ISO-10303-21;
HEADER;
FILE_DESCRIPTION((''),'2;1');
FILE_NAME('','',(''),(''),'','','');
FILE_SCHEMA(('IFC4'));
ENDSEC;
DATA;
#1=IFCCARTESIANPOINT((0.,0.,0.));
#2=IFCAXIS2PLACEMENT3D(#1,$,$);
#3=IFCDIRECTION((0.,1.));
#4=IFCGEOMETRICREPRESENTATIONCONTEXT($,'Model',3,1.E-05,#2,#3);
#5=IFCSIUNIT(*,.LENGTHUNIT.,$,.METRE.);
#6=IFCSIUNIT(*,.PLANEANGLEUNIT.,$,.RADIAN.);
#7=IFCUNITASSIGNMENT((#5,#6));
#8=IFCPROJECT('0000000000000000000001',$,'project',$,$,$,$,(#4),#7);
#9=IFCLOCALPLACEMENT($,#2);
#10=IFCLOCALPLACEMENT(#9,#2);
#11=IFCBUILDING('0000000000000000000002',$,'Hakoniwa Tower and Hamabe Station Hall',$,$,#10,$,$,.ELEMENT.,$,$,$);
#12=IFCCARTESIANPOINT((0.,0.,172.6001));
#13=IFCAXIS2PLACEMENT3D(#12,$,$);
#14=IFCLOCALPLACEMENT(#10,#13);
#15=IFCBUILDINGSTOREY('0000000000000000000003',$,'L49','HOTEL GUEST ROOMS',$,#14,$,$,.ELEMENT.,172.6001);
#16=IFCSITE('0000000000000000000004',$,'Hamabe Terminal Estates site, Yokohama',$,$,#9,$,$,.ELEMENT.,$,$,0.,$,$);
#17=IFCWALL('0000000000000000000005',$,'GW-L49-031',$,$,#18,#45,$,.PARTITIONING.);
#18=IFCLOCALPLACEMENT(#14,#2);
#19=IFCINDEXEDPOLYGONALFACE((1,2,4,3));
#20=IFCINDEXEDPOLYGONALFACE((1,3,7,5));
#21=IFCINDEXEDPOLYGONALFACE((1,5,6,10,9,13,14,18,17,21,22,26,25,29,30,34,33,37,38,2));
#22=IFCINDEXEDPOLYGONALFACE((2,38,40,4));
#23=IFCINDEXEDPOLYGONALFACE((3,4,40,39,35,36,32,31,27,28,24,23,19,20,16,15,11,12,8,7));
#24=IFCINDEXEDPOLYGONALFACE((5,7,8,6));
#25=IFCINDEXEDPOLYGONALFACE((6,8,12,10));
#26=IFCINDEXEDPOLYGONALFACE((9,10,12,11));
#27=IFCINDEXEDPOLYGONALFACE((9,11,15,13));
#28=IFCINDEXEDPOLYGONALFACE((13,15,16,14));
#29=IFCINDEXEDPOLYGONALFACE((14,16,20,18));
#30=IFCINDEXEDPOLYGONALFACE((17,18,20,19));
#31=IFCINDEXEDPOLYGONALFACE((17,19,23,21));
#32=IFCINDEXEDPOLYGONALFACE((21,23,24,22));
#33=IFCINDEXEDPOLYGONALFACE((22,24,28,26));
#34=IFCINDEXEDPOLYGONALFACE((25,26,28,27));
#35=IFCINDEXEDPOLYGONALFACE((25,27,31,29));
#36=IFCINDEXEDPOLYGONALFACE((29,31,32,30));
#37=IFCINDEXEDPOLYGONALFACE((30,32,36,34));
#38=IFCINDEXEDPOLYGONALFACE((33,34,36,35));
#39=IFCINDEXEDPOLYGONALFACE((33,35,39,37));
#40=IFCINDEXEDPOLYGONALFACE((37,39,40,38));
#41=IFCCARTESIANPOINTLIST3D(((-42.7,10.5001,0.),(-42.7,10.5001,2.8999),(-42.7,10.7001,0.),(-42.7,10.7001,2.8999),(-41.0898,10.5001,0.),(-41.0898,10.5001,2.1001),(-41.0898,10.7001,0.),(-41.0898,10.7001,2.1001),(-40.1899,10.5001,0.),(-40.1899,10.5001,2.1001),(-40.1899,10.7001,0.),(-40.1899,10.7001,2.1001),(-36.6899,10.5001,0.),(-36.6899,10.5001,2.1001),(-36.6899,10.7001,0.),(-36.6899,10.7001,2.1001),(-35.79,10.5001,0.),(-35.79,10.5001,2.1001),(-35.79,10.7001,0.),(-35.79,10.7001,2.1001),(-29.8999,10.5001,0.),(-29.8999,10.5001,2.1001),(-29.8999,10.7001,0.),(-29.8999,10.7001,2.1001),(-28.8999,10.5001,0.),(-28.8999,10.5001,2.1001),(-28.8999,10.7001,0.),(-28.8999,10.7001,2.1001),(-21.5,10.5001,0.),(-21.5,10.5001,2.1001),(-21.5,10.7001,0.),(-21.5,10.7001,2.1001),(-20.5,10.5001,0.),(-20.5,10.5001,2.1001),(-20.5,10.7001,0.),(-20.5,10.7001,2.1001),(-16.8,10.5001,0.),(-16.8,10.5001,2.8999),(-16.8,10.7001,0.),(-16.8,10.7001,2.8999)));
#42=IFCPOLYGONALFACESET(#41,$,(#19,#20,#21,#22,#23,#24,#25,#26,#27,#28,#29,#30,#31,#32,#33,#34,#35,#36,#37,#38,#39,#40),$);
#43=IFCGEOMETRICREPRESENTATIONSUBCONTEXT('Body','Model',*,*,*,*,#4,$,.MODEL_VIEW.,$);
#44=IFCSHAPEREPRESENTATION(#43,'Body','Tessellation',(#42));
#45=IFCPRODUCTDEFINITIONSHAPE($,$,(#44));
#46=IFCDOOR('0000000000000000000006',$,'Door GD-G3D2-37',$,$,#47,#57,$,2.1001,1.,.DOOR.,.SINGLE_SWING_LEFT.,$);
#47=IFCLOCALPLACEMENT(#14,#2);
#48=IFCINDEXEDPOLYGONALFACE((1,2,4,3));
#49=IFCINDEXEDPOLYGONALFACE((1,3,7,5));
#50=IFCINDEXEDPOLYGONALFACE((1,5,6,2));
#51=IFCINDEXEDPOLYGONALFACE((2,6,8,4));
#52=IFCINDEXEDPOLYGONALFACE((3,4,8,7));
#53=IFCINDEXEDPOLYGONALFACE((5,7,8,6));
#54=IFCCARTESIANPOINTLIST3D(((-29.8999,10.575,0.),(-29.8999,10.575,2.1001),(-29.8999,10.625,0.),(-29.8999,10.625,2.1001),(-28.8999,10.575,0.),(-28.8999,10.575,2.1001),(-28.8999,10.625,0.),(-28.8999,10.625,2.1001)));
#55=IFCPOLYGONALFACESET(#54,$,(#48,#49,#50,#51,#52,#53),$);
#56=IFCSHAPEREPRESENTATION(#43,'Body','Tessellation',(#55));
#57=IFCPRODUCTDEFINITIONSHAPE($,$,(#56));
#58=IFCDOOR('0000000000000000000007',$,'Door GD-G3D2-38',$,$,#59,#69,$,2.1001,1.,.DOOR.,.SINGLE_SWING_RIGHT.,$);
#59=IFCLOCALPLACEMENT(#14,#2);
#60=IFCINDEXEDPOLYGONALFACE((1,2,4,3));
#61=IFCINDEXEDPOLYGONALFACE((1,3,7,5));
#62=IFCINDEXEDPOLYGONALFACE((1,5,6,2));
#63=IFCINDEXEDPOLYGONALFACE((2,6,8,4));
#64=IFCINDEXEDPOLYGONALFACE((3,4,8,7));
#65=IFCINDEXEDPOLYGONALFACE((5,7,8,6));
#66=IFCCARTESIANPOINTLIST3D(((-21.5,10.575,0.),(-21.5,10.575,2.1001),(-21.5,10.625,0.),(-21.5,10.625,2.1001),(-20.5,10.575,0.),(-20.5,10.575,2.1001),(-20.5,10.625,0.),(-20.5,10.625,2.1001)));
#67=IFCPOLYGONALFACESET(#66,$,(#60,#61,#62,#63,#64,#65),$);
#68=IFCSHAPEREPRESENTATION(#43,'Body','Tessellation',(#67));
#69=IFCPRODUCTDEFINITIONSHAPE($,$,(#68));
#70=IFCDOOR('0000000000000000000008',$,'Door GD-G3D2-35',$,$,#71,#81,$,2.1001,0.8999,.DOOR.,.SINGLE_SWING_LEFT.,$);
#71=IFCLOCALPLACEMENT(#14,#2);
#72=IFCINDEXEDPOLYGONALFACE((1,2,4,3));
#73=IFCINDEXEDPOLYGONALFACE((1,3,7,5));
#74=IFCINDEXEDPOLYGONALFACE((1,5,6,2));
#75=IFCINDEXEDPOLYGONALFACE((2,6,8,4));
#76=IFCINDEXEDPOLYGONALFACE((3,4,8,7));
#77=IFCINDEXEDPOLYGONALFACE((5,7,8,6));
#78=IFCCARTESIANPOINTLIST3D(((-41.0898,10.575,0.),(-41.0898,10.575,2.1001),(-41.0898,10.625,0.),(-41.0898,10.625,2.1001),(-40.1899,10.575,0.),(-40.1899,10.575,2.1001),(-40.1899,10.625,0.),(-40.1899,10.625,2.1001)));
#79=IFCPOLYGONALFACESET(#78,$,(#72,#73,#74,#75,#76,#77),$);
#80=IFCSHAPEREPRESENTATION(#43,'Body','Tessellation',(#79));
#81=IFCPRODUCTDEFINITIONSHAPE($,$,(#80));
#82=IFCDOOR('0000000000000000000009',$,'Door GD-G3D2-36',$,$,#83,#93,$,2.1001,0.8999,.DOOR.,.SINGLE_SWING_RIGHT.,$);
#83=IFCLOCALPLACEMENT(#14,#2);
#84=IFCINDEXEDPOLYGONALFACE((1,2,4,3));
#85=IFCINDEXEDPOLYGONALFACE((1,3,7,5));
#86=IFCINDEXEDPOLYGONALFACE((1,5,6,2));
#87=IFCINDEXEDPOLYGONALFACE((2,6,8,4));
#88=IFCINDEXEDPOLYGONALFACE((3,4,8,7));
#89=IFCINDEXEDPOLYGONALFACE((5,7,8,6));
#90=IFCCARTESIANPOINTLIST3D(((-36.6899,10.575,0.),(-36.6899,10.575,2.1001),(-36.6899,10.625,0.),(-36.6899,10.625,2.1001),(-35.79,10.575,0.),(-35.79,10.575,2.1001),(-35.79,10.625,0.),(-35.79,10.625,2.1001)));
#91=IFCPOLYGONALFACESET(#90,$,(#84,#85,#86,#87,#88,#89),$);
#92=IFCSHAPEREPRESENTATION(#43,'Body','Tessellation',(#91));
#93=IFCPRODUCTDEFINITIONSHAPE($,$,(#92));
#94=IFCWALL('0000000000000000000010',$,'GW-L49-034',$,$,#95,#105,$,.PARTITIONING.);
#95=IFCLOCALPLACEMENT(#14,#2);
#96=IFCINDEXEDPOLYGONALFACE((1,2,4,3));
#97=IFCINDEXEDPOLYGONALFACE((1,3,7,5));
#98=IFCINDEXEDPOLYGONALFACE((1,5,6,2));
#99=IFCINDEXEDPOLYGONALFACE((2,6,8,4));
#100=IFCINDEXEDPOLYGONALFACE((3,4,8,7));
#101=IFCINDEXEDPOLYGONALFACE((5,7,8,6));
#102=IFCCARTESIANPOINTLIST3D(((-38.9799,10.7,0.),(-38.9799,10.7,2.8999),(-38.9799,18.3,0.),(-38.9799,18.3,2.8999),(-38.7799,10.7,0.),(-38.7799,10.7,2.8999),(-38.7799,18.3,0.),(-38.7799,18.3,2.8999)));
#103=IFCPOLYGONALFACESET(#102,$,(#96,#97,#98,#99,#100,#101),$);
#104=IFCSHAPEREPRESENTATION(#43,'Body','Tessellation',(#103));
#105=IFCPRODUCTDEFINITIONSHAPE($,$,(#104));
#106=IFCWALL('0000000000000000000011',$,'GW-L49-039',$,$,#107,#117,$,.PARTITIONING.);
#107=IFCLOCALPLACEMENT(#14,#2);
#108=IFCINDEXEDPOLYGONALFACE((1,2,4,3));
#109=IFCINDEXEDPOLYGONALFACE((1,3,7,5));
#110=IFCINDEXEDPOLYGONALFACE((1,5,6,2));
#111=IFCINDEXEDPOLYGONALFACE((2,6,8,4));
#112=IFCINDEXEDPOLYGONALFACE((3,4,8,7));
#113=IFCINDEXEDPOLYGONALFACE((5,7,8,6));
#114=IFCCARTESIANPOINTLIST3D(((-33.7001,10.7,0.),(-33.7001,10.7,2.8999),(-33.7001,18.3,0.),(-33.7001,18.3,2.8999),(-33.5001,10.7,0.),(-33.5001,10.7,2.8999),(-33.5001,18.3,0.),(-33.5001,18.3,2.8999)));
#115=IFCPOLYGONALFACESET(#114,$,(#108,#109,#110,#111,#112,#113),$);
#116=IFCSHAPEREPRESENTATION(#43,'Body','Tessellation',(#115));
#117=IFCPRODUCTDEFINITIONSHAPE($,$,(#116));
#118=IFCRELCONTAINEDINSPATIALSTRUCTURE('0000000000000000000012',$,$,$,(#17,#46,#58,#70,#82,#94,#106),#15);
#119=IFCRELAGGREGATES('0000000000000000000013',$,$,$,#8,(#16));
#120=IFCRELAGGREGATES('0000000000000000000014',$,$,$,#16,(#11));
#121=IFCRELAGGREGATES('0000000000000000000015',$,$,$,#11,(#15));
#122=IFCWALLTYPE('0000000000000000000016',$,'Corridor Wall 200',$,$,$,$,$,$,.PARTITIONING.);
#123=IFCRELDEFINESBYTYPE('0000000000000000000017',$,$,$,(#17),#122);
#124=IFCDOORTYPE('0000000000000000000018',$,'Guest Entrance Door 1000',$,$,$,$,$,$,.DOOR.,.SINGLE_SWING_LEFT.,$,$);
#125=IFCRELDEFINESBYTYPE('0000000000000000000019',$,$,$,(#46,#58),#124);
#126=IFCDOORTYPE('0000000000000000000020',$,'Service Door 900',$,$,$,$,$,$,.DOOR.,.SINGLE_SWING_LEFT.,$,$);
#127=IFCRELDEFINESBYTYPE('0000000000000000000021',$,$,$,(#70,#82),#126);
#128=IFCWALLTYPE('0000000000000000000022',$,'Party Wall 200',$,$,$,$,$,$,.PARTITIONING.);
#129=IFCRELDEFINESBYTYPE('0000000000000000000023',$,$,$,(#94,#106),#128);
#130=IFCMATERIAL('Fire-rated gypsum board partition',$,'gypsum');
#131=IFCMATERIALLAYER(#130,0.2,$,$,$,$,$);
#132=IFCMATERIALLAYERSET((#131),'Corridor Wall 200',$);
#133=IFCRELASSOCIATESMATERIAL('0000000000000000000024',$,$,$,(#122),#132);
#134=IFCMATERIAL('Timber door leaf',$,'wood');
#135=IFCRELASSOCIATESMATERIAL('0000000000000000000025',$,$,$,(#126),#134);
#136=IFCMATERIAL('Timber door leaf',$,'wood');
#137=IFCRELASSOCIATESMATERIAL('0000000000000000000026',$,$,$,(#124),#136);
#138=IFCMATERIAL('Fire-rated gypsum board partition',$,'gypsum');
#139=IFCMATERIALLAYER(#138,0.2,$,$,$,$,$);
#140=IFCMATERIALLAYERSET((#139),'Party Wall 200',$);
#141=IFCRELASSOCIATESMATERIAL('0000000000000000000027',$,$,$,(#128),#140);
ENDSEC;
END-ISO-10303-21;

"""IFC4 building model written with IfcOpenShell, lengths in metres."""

from ifc_helpers import new_model, si_unit, direction, frame, frame_2d, origin, place, context, subcontext, project, spatial, rectangle, extrude, material, layer, layer_set, type_object, element, fill, save


model = new_model("IFC4")

# Units and contexts
model_context = context("Model", 3, precision=1e-05, world=origin(), true_north=direction((0.0, 1.0)))
body_context = subcontext(model_context, "Body", "Model", "MODEL_VIEW")
ifc_project = project(units=[si_unit("LENGTHUNIT", "METRE"), si_unit("PLANEANGLEUNIT", "RADIAN")], contexts=[model_context])

# Site, building, storey
site_placement = place(None, origin())
site = spatial("IfcSite", under=ifc_project, at=site_placement, Name="Hamabe Terminal Estates site, Yokohama", CompositionType="ELEMENT", RefElevation=0.0)
building_placement = place(site_placement, origin())
building = spatial("IfcBuilding", under=site, at=building_placement, Name="Hakoniwa Tower and Hamabe Station Hall", CompositionType="ELEMENT")
storey_placement = place(building_placement, frame((0.0, 0.0, 172.6001)))
storey = spatial("IfcBuildingStorey", under=building, at=storey_placement, Name="L49", Description="HOTEL GUEST ROOMS", CompositionType="ELEMENT", Elevation=172.6001)

# Wall, openings, doors
ifc_material_1 = material(Name="Fire-rated gypsum board partition", Category="gypsum")
ifc_layer_1 = layer(ifc_material_1, 0.2)
ifc_layer_set_1 = layer_set([ifc_layer_1], Name="Corridor Wall 200")
wall_type_1 = type_object("IfcWallType", Name="Corridor Wall 200", PredefinedType="PARTITIONING", material=ifc_layer_set_1)
ifc_material_2 = material(Name="Timber door leaf", Category="wood")
door_type_1 = type_object("IfcDoorType", Name="Service Door 900", OperationType="SINGLE_SWING_LEFT", PredefinedType="DOOR", material=ifc_material_2)
wall_1_placement = place(storey_placement, frame((-42.7, 10.6001, 0.0), z_axis=(0.0, 0.0, 1.0), x_axis=(1.0, 0.0, 0.0)))
wall_1 = element("IfcWall", 1, at=wall_1_placement, inside=storey, type_object=wall_type_1, Name="GW-L49-031", PredefinedType="PARTITIONING", context=body_context, shape_type="SweptSolid", body=[
    extrude(rectangle(XDim=25.8999, YDim=0.2, at=frame_2d((12.95, 0.0))), origin(), (0.0, 0.0, 1.0), 2.8999),
])
opening_1_placement = place(wall_1_placement, frame((1.6101, 0.0, 0.0)))
opening_1 = element("IfcOpeningElement", 2, at=opening_1_placement, cuts=wall_1, PredefinedType="OPENING", context=body_context, shape_type="SweptSolid", body=[
    extrude(rectangle(XDim=0.8999, YDim=2.1001, at=frame_2d((0.45, 1.05))), frame((0.0, 0.1099, 0.0), z_axis=(0.0, -1.0, 0.0), x_axis=(1.0, 0.0, 0.0)), (0.0, 0.0, 1.0), 0.22),
])
opening_2_placement = place(wall_1_placement, frame((6.01, 0.0, 0.0)))
opening_2 = element("IfcOpeningElement", 3, at=opening_2_placement, cuts=wall_1, PredefinedType="OPENING", context=body_context, shape_type="SweptSolid", body=[
    extrude(rectangle(XDim=0.8999, YDim=2.1001, at=frame_2d((0.45, 1.05))), frame((0.0, 0.1099, 0.0), z_axis=(0.0, -1.0, 0.0), x_axis=(1.0, 0.0, 0.0)), (0.0, 0.0, 1.0), 0.22),
])
opening_3_placement = place(wall_1_placement, frame((12.8, 0.0, 0.0)))
opening_3 = element("IfcOpeningElement", 4, at=opening_3_placement, cuts=wall_1, PredefinedType="OPENING", context=body_context, shape_type="SweptSolid", body=[
    extrude(rectangle(XDim=1.0, YDim=2.1001, at=frame_2d((0.5, 1.05))), frame((0.0, 0.1099, 0.0), z_axis=(0.0, -1.0, 0.0), x_axis=(1.0, 0.0, 0.0)), (0.0, 0.0, 1.0), 0.22),
])
opening_4_placement = place(wall_1_placement, frame((21.2, 0.0, 0.0)))
opening_4 = element("IfcOpeningElement", 5, at=opening_4_placement, cuts=wall_1, PredefinedType="OPENING", context=body_context, shape_type="SweptSolid", body=[
    extrude(rectangle(XDim=1.0, YDim=2.1001, at=frame_2d((0.5, 1.05))), frame((0.0, 0.1099, 0.0), z_axis=(0.0, -1.0, 0.0), x_axis=(1.0, 0.0, 0.0)), (0.0, 0.0, 1.0), 0.22),
])
ifc_material_3 = material(Name="Timber door leaf", Category="wood")
door_type_2 = type_object("IfcDoorType", Name="Guest Entrance Door 1000", OperationType="SINGLE_SWING_LEFT", PredefinedType="DOOR", material=ifc_material_3)
door_1_placement = place(opening_3_placement, origin())
door_1 = element("IfcDoor", 6, at=door_1_placement, inside=storey, type_object=door_type_2, Name="Door GD-G3D2-37", OperationType="SINGLE_SWING_LEFT", OverallHeight=2.1001, OverallWidth=1.0, PredefinedType="DOOR", context=body_context, shape_type="SweptSolid", body=[
    extrude(rectangle(XDim=1.0, YDim=2.1001, at=frame_2d((0.5, 1.05))), frame((0.0, 0.0249, 0.0), z_axis=(0.0, -1.0, 0.0), x_axis=(1.0, 0.0, 0.0)), (0.0, 0.0, 1.0), 0.05),
])
fill(opening_3, door_1)
door_2_placement = place(opening_4_placement, origin())
door_2 = element("IfcDoor", 7, at=door_2_placement, inside=storey, type_object=door_type_2, Name="Door GD-G3D2-38", OperationType="SINGLE_SWING_RIGHT", OverallHeight=2.1001, OverallWidth=1.0, PredefinedType="DOOR", context=body_context, shape_type="SweptSolid", body=[
    extrude(rectangle(XDim=1.0, YDim=2.1001, at=frame_2d((0.5, 1.05))), frame((0.0, 0.0249, 0.0), z_axis=(0.0, -1.0, 0.0), x_axis=(1.0, 0.0, 0.0)), (0.0, 0.0, 1.0), 0.05),
])
fill(opening_4, door_2)
door_3_placement = place(opening_1_placement, origin())
door_3 = element("IfcDoor", 8, at=door_3_placement, inside=storey, type_object=door_type_1, Name="Door GD-G3D2-35", OperationType="SINGLE_SWING_LEFT", OverallHeight=2.1001, OverallWidth=0.8999, PredefinedType="DOOR", context=body_context, shape_type="SweptSolid", body=[
    extrude(rectangle(XDim=0.8999, YDim=2.1001, at=frame_2d((0.45, 1.05))), frame((0.0, 0.0249, 0.0), z_axis=(0.0, -1.0, 0.0), x_axis=(1.0, 0.0, 0.0)), (0.0, 0.0, 1.0), 0.05),
])
fill(opening_1, door_3)
door_4_placement = place(opening_2_placement, origin())
door_4 = element("IfcDoor", 9, at=door_4_placement, inside=storey, type_object=door_type_1, Name="Door GD-G3D2-36", OperationType="SINGLE_SWING_RIGHT", OverallHeight=2.1001, OverallWidth=0.8999, PredefinedType="DOOR", context=body_context, shape_type="SweptSolid", body=[
    extrude(rectangle(XDim=0.8999, YDim=2.1001, at=frame_2d((0.45, 1.05))), frame((0.0, 0.0249, 0.0), z_axis=(0.0, -1.0, 0.0), x_axis=(1.0, 0.0, 0.0)), (0.0, 0.0, 1.0), 0.05),
])
fill(opening_2, door_4)

# Walls
ifc_material_4 = material(Name="Fire-rated gypsum board partition", Category="gypsum")
ifc_layer_2 = layer(ifc_material_4, 0.2)
ifc_layer_set_2 = layer_set([ifc_layer_2], Name="Party Wall 200")
wall_type_2 = type_object("IfcWallType", Name="Party Wall 200", PredefinedType="PARTITIONING", material=ifc_layer_set_2)
for number, where, z_axis, x_axis, name in (
    (10, (-38.8799, 10.7, 0.0), (0.0, 0.0, 1.0), (0.0, 1.0, 0.0), "GW-L49-034"),
    (11, (-33.6001, 10.7, 0.0), (0.0, 0.0, 1.0), (0.0, 1.0, 0.0), "GW-L49-039"),
):
    element("IfcWall", number, at=place(storey_placement, frame(where, z_axis=z_axis, x_axis=x_axis)), inside=storey, type_object=wall_type_2, Name=name, PredefinedType="PARTITIONING", context=body_context, shape_type="SweptSolid", body=[
        extrude(rectangle(XDim=7.6001, YDim=0.2, at=frame_2d((3.8, 0.0))), origin(), (0.0, 0.0, 1.0), 2.8999),
    ])

save(model, "model.ifc")
